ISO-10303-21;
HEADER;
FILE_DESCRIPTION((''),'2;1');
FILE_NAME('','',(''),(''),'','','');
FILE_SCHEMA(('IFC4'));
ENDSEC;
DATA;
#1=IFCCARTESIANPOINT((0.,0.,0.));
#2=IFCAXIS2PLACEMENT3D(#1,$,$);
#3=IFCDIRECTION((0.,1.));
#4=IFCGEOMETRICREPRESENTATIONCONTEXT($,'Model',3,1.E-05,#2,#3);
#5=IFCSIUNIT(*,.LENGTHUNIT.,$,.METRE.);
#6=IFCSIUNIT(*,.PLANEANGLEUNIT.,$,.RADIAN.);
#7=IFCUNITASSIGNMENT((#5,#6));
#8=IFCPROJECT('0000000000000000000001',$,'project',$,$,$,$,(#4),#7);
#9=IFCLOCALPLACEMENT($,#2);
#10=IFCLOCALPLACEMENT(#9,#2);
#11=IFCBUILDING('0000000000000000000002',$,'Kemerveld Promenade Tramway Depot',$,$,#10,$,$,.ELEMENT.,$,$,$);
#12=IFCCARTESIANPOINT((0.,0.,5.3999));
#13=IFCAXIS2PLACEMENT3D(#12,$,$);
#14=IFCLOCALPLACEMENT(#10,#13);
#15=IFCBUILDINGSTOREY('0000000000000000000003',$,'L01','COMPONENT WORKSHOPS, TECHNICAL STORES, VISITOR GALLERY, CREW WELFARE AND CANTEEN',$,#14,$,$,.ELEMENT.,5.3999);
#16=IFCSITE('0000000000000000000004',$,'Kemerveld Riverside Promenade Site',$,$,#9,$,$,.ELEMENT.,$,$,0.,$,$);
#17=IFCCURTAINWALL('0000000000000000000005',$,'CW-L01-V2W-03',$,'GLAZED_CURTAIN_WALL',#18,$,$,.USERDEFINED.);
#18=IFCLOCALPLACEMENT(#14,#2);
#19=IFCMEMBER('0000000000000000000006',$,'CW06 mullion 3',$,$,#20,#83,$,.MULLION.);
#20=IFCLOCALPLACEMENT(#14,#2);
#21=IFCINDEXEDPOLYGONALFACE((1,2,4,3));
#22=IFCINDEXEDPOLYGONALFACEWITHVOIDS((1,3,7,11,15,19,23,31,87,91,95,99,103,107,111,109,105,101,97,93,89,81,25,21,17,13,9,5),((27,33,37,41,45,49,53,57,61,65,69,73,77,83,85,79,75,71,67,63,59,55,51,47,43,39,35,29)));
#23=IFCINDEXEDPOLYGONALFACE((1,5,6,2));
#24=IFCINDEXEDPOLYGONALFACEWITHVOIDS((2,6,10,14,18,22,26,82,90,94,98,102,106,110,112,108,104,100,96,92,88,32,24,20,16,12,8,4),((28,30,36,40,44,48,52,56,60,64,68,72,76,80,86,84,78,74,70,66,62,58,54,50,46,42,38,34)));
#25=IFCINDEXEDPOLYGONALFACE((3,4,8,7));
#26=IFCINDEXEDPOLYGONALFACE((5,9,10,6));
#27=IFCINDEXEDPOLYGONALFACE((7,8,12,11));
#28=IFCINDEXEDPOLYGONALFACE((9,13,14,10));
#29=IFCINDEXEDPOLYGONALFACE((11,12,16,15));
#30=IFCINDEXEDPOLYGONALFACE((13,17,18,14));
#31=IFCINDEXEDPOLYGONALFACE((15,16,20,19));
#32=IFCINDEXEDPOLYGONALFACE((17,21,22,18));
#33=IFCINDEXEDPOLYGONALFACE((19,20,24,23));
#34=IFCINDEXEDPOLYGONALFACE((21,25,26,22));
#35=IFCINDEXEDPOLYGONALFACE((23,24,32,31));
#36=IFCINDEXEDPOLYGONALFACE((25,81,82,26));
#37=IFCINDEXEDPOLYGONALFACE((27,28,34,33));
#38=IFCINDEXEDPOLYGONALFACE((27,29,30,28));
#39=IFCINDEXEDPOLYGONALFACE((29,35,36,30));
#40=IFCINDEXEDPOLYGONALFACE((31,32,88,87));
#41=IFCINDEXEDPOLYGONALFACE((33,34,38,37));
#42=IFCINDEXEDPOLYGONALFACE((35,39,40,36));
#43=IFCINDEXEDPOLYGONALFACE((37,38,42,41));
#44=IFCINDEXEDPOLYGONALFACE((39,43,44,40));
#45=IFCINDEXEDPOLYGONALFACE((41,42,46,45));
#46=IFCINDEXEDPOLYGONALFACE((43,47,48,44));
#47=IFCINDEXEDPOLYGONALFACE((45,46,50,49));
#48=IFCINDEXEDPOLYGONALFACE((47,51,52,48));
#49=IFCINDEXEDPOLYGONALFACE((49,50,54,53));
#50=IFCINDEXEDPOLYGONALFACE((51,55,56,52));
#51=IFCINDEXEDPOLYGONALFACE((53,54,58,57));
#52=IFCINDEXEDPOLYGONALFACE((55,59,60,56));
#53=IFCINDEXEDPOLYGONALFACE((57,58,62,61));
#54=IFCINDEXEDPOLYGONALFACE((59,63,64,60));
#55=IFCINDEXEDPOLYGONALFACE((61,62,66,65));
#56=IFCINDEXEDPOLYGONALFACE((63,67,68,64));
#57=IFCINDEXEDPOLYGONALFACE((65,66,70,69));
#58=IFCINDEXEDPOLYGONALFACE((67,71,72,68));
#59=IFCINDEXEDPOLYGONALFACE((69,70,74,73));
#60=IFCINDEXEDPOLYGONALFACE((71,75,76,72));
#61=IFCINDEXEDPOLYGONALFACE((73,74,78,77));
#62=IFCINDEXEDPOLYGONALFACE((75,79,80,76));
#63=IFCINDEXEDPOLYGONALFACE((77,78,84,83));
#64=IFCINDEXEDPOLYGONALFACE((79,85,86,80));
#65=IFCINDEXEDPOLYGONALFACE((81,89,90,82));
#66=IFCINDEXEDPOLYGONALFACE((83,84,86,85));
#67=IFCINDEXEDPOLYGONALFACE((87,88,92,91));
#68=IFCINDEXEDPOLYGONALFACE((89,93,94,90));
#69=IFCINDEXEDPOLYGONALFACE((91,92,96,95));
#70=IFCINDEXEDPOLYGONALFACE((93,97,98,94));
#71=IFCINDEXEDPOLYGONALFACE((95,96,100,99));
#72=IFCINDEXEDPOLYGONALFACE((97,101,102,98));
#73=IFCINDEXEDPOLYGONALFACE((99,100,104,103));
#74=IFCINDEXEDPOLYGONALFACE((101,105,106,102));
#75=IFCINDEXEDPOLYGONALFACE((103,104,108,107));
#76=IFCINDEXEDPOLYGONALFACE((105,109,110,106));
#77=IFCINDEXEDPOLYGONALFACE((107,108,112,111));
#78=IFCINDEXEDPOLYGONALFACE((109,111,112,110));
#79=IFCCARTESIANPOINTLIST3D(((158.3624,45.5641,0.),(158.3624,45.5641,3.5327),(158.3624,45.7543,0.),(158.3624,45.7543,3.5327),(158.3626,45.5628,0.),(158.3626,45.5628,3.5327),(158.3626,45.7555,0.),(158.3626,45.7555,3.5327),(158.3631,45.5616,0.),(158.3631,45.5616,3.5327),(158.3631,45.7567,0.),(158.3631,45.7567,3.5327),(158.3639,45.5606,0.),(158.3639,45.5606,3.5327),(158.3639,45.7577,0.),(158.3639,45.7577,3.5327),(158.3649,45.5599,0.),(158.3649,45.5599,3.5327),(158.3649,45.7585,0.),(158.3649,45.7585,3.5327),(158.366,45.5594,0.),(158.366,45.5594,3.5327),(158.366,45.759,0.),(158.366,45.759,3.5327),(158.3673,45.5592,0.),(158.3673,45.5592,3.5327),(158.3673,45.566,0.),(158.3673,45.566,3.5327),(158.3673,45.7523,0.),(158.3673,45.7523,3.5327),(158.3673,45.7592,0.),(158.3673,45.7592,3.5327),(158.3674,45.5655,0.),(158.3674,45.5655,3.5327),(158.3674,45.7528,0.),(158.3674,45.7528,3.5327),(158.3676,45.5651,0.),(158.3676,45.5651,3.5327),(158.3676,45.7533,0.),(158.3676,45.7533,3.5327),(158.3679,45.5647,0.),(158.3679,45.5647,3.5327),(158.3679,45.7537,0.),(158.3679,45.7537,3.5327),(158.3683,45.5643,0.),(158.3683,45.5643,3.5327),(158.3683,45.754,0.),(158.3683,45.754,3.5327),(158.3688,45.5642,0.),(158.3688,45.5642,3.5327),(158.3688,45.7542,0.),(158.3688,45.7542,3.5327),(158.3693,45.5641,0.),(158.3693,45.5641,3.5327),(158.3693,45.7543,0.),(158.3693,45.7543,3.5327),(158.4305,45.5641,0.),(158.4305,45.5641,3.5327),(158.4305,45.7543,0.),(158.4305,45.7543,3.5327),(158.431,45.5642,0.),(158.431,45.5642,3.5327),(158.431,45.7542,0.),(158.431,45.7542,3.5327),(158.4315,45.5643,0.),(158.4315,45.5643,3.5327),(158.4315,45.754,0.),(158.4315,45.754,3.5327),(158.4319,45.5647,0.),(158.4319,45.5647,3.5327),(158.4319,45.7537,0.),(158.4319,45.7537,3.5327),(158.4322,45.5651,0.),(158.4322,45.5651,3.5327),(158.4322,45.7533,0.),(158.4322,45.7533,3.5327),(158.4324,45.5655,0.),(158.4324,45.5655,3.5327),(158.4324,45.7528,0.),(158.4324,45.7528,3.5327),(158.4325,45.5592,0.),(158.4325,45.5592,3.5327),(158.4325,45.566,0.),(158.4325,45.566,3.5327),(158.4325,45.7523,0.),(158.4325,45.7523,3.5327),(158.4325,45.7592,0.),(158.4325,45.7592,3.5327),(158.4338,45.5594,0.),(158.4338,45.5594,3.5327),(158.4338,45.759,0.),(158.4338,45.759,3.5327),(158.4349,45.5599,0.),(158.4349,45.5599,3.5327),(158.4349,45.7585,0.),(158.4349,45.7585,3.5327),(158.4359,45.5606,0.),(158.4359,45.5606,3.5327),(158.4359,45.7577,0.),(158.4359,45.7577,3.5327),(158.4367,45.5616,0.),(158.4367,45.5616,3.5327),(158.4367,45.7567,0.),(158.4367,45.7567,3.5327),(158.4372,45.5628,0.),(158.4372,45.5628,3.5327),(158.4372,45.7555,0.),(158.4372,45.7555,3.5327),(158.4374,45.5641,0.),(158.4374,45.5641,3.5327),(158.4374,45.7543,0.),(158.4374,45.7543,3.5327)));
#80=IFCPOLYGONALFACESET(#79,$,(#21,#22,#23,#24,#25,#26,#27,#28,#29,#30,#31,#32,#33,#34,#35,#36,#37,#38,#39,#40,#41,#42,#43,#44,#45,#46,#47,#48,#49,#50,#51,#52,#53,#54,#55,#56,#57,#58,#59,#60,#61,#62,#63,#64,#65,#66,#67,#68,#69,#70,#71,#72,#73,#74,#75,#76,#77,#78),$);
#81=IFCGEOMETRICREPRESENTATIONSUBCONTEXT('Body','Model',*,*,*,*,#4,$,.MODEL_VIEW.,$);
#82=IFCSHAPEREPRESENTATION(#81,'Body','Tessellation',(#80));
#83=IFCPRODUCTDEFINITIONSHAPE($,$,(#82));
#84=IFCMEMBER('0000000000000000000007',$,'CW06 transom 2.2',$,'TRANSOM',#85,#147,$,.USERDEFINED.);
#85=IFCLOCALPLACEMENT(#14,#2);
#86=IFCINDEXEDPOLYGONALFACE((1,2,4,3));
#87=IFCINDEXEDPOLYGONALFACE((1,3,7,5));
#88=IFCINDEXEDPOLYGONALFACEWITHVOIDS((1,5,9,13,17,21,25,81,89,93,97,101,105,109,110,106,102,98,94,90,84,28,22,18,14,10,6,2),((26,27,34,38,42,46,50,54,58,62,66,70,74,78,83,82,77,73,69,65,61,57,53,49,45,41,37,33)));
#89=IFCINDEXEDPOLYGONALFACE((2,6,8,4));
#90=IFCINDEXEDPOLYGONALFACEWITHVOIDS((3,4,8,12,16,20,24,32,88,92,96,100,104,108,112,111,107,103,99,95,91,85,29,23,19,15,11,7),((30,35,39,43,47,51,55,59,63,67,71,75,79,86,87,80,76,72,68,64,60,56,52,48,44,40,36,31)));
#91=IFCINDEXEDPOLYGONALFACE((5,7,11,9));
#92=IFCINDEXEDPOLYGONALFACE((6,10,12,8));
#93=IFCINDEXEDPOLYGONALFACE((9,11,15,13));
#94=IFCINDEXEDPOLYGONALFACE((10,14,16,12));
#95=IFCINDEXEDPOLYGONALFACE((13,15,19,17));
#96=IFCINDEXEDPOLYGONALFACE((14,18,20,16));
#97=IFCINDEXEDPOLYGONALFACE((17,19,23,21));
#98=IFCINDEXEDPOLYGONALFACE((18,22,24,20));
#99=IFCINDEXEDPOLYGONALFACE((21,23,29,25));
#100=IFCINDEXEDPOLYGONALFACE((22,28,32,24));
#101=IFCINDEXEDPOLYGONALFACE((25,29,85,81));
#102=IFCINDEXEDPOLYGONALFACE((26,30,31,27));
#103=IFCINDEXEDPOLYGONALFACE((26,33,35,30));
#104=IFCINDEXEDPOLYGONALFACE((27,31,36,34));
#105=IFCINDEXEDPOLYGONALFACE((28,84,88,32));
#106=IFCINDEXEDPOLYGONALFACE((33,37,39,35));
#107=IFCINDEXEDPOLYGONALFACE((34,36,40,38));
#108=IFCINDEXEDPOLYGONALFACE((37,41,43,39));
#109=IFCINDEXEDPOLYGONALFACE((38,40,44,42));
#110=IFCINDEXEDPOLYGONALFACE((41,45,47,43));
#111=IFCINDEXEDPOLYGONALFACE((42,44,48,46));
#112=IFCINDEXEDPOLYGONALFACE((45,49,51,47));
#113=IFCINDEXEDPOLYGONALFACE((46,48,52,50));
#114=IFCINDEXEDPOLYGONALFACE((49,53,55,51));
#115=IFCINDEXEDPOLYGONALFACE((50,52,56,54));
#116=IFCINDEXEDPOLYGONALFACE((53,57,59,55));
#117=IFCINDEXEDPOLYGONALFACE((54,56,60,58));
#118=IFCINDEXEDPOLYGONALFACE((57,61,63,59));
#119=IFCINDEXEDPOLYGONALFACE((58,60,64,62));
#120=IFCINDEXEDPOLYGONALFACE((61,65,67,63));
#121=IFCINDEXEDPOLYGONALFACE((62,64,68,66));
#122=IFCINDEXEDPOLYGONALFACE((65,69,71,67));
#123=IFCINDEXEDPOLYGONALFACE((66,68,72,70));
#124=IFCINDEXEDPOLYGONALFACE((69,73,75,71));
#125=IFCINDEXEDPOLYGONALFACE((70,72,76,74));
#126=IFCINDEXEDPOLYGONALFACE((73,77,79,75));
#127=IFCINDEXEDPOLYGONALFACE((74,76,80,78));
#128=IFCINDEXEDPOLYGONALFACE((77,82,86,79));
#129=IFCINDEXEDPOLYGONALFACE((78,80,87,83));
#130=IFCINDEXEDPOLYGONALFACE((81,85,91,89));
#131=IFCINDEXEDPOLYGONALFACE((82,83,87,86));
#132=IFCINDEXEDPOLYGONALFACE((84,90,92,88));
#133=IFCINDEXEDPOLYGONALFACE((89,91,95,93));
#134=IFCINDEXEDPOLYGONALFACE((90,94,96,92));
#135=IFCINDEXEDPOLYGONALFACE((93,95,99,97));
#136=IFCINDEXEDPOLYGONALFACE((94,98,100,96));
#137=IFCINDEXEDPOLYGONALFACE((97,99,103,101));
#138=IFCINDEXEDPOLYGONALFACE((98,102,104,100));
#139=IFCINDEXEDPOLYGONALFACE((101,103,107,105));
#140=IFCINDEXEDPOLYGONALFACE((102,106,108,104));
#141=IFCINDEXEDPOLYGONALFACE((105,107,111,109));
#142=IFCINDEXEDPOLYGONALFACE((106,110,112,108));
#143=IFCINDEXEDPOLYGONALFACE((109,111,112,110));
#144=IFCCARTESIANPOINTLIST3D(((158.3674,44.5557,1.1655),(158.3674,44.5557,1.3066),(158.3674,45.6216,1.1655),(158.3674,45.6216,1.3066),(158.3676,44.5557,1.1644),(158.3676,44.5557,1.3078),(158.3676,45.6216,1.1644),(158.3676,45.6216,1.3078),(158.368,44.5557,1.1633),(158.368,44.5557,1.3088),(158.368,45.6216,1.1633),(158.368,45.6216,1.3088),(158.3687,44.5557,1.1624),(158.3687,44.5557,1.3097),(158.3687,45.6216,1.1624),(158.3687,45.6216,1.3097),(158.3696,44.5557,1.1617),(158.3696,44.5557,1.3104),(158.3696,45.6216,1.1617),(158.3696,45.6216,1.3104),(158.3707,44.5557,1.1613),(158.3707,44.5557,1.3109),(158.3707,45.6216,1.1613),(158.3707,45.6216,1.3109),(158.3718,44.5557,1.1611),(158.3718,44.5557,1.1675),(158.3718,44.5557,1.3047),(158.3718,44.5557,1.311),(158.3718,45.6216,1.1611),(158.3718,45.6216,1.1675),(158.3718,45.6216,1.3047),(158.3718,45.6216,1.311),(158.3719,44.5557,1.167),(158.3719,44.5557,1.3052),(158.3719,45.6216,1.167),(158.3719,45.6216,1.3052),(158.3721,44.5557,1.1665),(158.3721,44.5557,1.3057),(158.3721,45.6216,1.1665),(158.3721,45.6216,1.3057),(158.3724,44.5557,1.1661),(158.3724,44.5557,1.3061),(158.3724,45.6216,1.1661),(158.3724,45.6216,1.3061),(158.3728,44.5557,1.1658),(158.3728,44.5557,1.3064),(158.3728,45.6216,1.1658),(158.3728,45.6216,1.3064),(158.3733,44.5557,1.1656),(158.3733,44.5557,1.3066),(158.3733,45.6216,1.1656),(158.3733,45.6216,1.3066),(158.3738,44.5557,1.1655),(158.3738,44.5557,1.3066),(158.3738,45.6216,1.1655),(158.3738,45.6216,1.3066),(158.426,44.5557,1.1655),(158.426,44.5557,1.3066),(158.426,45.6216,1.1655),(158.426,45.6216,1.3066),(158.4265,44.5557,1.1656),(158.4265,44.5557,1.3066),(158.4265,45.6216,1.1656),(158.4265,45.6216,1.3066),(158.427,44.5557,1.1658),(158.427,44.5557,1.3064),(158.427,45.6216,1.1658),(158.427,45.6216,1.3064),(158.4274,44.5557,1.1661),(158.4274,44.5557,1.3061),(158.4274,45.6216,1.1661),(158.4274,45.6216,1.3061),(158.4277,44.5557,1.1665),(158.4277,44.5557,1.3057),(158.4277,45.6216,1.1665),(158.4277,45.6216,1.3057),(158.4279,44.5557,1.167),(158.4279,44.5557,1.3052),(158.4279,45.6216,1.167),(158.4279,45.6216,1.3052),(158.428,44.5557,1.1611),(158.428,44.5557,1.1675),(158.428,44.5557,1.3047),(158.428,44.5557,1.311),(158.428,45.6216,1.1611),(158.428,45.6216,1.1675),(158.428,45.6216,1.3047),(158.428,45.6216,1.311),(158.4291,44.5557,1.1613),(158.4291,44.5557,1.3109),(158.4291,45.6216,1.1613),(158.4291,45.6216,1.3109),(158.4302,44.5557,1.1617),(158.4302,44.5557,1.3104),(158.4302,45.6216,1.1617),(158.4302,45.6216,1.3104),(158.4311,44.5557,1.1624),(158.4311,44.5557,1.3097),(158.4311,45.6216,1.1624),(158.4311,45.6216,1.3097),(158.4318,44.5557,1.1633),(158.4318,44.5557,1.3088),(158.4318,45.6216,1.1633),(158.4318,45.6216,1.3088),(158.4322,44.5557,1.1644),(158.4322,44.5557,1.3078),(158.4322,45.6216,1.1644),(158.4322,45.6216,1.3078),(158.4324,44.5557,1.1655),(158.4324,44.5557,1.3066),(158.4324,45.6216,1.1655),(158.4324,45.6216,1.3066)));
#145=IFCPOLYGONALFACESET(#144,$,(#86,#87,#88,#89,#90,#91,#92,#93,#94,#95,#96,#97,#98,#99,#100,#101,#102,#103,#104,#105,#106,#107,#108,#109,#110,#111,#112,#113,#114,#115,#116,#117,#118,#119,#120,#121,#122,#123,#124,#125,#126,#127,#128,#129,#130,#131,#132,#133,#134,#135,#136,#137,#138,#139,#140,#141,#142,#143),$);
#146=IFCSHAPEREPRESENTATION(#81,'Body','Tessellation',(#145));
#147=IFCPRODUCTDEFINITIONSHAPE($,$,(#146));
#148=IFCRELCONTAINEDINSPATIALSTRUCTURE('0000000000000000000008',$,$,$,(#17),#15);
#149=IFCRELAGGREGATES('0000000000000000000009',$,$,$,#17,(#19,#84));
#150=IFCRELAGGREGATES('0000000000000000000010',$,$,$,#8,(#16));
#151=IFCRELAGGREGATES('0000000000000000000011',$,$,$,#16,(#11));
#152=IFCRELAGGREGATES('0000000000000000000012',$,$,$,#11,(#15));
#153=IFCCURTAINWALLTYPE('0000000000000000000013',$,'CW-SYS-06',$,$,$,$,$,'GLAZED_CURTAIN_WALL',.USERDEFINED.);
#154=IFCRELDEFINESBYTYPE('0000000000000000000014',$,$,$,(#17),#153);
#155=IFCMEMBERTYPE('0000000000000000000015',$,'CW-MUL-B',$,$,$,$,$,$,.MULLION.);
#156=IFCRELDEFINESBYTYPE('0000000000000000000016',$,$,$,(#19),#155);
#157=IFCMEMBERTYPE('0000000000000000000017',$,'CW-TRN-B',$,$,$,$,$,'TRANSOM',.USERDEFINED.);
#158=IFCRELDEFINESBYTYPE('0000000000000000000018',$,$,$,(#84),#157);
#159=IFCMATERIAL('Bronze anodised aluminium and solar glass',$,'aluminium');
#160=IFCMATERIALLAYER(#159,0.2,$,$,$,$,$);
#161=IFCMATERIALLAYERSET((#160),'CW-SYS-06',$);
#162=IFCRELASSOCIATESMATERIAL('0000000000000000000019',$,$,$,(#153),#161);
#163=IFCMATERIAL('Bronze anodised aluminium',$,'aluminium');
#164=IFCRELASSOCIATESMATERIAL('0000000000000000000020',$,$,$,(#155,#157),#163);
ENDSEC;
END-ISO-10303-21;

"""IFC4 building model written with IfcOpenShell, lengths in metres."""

from ifc_helpers import new_model, si_unit, direction, frame, origin, origin_2d, place, context, subcontext, project, spatial, hollow_rectangle, extrude, material, layer, layer_set, material_profile, profile_set, type_object, element, aggregate, save


model = new_model("IFC4")

# Units and contexts
model_context = context("Model", 3, precision=1e-05, world=origin(), true_north=direction((0.0, 1.0)))
body_context = subcontext(model_context, "Body", "Model", "MODEL_VIEW")
ifc_project = project(units=[si_unit("LENGTHUNIT", "METRE"), si_unit("PLANEANGLEUNIT", "RADIAN")], contexts=[model_context])

# Site, building, storey
site_placement = place(None, origin())
site = spatial("IfcSite", under=ifc_project, at=site_placement, Name="Kemerveld Riverside Promenade Site", CompositionType="ELEMENT", RefElevation=0.0)
building_placement = place(site_placement, origin())
building = spatial("IfcBuilding", under=site, at=building_placement, Name="Kemerveld Promenade Tramway Depot", CompositionType="ELEMENT")
storey_placement = place(building_placement, frame((0.0, 0.0, 5.3999)))
storey = spatial("IfcBuildingStorey", under=building, at=storey_placement, Name="L01", Description="COMPONENT WORKSHOPS, TECHNICAL STORES, VISITOR GALLERY, CREW WELFARE AND CANTEEN", CompositionType="ELEMENT", Elevation=5.3999)

# Curtain wall, members
ifc_material_1 = material(Name="Bronze anodised aluminium and solar glass", Category="aluminium")
ifc_layer_1 = layer(ifc_material_1, 0.2)
ifc_layer_set_1 = layer_set([ifc_layer_1], Name="CW-SYS-06")
curtain_wall_type = type_object("IfcCurtainWallType", Name="CW-SYS-06", ElementType="GLAZED_CURTAIN_WALL", PredefinedType="USERDEFINED", material=ifc_layer_set_1)
curtain_wall_placement = place(storey_placement, origin())
curtain_wall = element("IfcCurtainWall", 1, at=curtain_wall_placement, inside=storey, type_object=curtain_wall_type, Name="CW-L01-V2W-03", ObjectType="GLAZED_CURTAIN_WALL", PredefinedType="USERDEFINED")
ifc_material_2 = material(Name="Bronze anodised aluminium", Category="aluminium")
ifc_material_profile_1 = material_profile(ifc_material_2, hollow_rectangle(XDim=0.075, YDim=0.2, WallThickness=0.0049, InnerFilletRadius=0.002, OuterFilletRadius=0.0049, at=origin_2d()), Name="CW-MUL-200x75")
ifc_profile_set_1 = profile_set([ifc_material_profile_1], Name="Bronze anodised aluminium")
member_type_1 = type_object("IfcMemberType", Name="CW-MUL-B", PredefinedType="MULLION", material=ifc_profile_set_1)
member_1_placement = place(storey_placement, frame((158.3999, 45.6592, 0.0), z_axis=(0.0, 0.0, 1.0), x_axis=(-1.0, 0.0, 0.0)))
member_1 = element("IfcMember", 2, at=member_1_placement, type_object=member_type_1, Name="CW06 mullion 3", PredefinedType="MULLION", context=body_context, shape_type="SweptSolid", body=[
    extrude(hollow_rectangle(XDim=0.075, YDim=0.2, WallThickness=0.0049, InnerFilletRadius=0.002, OuterFilletRadius=0.0049, at=origin_2d()), origin(), (0.0, 0.0, 1.0), 3.5327),
])
ifc_material_profile_2 = material_profile(ifc_material_2, hollow_rectangle(XDim=0.0649, YDim=0.1499, WallThickness=0.0044, InnerFilletRadius=0.002, OuterFilletRadius=0.0044, at=origin_2d()), Name="CW-TRN-150x65")
ifc_profile_set_2 = profile_set([ifc_material_profile_2], Name="Bronze anodised aluminium")
member_type_2 = type_object("IfcMemberType", Name="CW-TRN-B", ElementType="TRANSOM", PredefinedType="USERDEFINED", material=ifc_profile_set_2)
member_2_placement = place(storey_placement, frame((158.3999, 44.5557, 1.2361), z_axis=(0.0, 1.0, 0.0), x_axis=(-1.0, 0.0, 0.0)))
member_2 = element("IfcMember", 3, at=member_2_placement, type_object=member_type_2, Name="CW06 transom 2.2", ObjectType="TRANSOM", PredefinedType="USERDEFINED", context=body_context, shape_type="SweptSolid", body=[
    extrude(hollow_rectangle(XDim=0.0649, YDim=0.1499, WallThickness=0.0044, InnerFilletRadius=0.002, OuterFilletRadius=0.0044, at=origin_2d()), origin(), (0.0, 0.0, 1.0), 1.0659),
])

aggregate(curtain_wall, [member_1, member_2])

save(model, "model.ifc")
